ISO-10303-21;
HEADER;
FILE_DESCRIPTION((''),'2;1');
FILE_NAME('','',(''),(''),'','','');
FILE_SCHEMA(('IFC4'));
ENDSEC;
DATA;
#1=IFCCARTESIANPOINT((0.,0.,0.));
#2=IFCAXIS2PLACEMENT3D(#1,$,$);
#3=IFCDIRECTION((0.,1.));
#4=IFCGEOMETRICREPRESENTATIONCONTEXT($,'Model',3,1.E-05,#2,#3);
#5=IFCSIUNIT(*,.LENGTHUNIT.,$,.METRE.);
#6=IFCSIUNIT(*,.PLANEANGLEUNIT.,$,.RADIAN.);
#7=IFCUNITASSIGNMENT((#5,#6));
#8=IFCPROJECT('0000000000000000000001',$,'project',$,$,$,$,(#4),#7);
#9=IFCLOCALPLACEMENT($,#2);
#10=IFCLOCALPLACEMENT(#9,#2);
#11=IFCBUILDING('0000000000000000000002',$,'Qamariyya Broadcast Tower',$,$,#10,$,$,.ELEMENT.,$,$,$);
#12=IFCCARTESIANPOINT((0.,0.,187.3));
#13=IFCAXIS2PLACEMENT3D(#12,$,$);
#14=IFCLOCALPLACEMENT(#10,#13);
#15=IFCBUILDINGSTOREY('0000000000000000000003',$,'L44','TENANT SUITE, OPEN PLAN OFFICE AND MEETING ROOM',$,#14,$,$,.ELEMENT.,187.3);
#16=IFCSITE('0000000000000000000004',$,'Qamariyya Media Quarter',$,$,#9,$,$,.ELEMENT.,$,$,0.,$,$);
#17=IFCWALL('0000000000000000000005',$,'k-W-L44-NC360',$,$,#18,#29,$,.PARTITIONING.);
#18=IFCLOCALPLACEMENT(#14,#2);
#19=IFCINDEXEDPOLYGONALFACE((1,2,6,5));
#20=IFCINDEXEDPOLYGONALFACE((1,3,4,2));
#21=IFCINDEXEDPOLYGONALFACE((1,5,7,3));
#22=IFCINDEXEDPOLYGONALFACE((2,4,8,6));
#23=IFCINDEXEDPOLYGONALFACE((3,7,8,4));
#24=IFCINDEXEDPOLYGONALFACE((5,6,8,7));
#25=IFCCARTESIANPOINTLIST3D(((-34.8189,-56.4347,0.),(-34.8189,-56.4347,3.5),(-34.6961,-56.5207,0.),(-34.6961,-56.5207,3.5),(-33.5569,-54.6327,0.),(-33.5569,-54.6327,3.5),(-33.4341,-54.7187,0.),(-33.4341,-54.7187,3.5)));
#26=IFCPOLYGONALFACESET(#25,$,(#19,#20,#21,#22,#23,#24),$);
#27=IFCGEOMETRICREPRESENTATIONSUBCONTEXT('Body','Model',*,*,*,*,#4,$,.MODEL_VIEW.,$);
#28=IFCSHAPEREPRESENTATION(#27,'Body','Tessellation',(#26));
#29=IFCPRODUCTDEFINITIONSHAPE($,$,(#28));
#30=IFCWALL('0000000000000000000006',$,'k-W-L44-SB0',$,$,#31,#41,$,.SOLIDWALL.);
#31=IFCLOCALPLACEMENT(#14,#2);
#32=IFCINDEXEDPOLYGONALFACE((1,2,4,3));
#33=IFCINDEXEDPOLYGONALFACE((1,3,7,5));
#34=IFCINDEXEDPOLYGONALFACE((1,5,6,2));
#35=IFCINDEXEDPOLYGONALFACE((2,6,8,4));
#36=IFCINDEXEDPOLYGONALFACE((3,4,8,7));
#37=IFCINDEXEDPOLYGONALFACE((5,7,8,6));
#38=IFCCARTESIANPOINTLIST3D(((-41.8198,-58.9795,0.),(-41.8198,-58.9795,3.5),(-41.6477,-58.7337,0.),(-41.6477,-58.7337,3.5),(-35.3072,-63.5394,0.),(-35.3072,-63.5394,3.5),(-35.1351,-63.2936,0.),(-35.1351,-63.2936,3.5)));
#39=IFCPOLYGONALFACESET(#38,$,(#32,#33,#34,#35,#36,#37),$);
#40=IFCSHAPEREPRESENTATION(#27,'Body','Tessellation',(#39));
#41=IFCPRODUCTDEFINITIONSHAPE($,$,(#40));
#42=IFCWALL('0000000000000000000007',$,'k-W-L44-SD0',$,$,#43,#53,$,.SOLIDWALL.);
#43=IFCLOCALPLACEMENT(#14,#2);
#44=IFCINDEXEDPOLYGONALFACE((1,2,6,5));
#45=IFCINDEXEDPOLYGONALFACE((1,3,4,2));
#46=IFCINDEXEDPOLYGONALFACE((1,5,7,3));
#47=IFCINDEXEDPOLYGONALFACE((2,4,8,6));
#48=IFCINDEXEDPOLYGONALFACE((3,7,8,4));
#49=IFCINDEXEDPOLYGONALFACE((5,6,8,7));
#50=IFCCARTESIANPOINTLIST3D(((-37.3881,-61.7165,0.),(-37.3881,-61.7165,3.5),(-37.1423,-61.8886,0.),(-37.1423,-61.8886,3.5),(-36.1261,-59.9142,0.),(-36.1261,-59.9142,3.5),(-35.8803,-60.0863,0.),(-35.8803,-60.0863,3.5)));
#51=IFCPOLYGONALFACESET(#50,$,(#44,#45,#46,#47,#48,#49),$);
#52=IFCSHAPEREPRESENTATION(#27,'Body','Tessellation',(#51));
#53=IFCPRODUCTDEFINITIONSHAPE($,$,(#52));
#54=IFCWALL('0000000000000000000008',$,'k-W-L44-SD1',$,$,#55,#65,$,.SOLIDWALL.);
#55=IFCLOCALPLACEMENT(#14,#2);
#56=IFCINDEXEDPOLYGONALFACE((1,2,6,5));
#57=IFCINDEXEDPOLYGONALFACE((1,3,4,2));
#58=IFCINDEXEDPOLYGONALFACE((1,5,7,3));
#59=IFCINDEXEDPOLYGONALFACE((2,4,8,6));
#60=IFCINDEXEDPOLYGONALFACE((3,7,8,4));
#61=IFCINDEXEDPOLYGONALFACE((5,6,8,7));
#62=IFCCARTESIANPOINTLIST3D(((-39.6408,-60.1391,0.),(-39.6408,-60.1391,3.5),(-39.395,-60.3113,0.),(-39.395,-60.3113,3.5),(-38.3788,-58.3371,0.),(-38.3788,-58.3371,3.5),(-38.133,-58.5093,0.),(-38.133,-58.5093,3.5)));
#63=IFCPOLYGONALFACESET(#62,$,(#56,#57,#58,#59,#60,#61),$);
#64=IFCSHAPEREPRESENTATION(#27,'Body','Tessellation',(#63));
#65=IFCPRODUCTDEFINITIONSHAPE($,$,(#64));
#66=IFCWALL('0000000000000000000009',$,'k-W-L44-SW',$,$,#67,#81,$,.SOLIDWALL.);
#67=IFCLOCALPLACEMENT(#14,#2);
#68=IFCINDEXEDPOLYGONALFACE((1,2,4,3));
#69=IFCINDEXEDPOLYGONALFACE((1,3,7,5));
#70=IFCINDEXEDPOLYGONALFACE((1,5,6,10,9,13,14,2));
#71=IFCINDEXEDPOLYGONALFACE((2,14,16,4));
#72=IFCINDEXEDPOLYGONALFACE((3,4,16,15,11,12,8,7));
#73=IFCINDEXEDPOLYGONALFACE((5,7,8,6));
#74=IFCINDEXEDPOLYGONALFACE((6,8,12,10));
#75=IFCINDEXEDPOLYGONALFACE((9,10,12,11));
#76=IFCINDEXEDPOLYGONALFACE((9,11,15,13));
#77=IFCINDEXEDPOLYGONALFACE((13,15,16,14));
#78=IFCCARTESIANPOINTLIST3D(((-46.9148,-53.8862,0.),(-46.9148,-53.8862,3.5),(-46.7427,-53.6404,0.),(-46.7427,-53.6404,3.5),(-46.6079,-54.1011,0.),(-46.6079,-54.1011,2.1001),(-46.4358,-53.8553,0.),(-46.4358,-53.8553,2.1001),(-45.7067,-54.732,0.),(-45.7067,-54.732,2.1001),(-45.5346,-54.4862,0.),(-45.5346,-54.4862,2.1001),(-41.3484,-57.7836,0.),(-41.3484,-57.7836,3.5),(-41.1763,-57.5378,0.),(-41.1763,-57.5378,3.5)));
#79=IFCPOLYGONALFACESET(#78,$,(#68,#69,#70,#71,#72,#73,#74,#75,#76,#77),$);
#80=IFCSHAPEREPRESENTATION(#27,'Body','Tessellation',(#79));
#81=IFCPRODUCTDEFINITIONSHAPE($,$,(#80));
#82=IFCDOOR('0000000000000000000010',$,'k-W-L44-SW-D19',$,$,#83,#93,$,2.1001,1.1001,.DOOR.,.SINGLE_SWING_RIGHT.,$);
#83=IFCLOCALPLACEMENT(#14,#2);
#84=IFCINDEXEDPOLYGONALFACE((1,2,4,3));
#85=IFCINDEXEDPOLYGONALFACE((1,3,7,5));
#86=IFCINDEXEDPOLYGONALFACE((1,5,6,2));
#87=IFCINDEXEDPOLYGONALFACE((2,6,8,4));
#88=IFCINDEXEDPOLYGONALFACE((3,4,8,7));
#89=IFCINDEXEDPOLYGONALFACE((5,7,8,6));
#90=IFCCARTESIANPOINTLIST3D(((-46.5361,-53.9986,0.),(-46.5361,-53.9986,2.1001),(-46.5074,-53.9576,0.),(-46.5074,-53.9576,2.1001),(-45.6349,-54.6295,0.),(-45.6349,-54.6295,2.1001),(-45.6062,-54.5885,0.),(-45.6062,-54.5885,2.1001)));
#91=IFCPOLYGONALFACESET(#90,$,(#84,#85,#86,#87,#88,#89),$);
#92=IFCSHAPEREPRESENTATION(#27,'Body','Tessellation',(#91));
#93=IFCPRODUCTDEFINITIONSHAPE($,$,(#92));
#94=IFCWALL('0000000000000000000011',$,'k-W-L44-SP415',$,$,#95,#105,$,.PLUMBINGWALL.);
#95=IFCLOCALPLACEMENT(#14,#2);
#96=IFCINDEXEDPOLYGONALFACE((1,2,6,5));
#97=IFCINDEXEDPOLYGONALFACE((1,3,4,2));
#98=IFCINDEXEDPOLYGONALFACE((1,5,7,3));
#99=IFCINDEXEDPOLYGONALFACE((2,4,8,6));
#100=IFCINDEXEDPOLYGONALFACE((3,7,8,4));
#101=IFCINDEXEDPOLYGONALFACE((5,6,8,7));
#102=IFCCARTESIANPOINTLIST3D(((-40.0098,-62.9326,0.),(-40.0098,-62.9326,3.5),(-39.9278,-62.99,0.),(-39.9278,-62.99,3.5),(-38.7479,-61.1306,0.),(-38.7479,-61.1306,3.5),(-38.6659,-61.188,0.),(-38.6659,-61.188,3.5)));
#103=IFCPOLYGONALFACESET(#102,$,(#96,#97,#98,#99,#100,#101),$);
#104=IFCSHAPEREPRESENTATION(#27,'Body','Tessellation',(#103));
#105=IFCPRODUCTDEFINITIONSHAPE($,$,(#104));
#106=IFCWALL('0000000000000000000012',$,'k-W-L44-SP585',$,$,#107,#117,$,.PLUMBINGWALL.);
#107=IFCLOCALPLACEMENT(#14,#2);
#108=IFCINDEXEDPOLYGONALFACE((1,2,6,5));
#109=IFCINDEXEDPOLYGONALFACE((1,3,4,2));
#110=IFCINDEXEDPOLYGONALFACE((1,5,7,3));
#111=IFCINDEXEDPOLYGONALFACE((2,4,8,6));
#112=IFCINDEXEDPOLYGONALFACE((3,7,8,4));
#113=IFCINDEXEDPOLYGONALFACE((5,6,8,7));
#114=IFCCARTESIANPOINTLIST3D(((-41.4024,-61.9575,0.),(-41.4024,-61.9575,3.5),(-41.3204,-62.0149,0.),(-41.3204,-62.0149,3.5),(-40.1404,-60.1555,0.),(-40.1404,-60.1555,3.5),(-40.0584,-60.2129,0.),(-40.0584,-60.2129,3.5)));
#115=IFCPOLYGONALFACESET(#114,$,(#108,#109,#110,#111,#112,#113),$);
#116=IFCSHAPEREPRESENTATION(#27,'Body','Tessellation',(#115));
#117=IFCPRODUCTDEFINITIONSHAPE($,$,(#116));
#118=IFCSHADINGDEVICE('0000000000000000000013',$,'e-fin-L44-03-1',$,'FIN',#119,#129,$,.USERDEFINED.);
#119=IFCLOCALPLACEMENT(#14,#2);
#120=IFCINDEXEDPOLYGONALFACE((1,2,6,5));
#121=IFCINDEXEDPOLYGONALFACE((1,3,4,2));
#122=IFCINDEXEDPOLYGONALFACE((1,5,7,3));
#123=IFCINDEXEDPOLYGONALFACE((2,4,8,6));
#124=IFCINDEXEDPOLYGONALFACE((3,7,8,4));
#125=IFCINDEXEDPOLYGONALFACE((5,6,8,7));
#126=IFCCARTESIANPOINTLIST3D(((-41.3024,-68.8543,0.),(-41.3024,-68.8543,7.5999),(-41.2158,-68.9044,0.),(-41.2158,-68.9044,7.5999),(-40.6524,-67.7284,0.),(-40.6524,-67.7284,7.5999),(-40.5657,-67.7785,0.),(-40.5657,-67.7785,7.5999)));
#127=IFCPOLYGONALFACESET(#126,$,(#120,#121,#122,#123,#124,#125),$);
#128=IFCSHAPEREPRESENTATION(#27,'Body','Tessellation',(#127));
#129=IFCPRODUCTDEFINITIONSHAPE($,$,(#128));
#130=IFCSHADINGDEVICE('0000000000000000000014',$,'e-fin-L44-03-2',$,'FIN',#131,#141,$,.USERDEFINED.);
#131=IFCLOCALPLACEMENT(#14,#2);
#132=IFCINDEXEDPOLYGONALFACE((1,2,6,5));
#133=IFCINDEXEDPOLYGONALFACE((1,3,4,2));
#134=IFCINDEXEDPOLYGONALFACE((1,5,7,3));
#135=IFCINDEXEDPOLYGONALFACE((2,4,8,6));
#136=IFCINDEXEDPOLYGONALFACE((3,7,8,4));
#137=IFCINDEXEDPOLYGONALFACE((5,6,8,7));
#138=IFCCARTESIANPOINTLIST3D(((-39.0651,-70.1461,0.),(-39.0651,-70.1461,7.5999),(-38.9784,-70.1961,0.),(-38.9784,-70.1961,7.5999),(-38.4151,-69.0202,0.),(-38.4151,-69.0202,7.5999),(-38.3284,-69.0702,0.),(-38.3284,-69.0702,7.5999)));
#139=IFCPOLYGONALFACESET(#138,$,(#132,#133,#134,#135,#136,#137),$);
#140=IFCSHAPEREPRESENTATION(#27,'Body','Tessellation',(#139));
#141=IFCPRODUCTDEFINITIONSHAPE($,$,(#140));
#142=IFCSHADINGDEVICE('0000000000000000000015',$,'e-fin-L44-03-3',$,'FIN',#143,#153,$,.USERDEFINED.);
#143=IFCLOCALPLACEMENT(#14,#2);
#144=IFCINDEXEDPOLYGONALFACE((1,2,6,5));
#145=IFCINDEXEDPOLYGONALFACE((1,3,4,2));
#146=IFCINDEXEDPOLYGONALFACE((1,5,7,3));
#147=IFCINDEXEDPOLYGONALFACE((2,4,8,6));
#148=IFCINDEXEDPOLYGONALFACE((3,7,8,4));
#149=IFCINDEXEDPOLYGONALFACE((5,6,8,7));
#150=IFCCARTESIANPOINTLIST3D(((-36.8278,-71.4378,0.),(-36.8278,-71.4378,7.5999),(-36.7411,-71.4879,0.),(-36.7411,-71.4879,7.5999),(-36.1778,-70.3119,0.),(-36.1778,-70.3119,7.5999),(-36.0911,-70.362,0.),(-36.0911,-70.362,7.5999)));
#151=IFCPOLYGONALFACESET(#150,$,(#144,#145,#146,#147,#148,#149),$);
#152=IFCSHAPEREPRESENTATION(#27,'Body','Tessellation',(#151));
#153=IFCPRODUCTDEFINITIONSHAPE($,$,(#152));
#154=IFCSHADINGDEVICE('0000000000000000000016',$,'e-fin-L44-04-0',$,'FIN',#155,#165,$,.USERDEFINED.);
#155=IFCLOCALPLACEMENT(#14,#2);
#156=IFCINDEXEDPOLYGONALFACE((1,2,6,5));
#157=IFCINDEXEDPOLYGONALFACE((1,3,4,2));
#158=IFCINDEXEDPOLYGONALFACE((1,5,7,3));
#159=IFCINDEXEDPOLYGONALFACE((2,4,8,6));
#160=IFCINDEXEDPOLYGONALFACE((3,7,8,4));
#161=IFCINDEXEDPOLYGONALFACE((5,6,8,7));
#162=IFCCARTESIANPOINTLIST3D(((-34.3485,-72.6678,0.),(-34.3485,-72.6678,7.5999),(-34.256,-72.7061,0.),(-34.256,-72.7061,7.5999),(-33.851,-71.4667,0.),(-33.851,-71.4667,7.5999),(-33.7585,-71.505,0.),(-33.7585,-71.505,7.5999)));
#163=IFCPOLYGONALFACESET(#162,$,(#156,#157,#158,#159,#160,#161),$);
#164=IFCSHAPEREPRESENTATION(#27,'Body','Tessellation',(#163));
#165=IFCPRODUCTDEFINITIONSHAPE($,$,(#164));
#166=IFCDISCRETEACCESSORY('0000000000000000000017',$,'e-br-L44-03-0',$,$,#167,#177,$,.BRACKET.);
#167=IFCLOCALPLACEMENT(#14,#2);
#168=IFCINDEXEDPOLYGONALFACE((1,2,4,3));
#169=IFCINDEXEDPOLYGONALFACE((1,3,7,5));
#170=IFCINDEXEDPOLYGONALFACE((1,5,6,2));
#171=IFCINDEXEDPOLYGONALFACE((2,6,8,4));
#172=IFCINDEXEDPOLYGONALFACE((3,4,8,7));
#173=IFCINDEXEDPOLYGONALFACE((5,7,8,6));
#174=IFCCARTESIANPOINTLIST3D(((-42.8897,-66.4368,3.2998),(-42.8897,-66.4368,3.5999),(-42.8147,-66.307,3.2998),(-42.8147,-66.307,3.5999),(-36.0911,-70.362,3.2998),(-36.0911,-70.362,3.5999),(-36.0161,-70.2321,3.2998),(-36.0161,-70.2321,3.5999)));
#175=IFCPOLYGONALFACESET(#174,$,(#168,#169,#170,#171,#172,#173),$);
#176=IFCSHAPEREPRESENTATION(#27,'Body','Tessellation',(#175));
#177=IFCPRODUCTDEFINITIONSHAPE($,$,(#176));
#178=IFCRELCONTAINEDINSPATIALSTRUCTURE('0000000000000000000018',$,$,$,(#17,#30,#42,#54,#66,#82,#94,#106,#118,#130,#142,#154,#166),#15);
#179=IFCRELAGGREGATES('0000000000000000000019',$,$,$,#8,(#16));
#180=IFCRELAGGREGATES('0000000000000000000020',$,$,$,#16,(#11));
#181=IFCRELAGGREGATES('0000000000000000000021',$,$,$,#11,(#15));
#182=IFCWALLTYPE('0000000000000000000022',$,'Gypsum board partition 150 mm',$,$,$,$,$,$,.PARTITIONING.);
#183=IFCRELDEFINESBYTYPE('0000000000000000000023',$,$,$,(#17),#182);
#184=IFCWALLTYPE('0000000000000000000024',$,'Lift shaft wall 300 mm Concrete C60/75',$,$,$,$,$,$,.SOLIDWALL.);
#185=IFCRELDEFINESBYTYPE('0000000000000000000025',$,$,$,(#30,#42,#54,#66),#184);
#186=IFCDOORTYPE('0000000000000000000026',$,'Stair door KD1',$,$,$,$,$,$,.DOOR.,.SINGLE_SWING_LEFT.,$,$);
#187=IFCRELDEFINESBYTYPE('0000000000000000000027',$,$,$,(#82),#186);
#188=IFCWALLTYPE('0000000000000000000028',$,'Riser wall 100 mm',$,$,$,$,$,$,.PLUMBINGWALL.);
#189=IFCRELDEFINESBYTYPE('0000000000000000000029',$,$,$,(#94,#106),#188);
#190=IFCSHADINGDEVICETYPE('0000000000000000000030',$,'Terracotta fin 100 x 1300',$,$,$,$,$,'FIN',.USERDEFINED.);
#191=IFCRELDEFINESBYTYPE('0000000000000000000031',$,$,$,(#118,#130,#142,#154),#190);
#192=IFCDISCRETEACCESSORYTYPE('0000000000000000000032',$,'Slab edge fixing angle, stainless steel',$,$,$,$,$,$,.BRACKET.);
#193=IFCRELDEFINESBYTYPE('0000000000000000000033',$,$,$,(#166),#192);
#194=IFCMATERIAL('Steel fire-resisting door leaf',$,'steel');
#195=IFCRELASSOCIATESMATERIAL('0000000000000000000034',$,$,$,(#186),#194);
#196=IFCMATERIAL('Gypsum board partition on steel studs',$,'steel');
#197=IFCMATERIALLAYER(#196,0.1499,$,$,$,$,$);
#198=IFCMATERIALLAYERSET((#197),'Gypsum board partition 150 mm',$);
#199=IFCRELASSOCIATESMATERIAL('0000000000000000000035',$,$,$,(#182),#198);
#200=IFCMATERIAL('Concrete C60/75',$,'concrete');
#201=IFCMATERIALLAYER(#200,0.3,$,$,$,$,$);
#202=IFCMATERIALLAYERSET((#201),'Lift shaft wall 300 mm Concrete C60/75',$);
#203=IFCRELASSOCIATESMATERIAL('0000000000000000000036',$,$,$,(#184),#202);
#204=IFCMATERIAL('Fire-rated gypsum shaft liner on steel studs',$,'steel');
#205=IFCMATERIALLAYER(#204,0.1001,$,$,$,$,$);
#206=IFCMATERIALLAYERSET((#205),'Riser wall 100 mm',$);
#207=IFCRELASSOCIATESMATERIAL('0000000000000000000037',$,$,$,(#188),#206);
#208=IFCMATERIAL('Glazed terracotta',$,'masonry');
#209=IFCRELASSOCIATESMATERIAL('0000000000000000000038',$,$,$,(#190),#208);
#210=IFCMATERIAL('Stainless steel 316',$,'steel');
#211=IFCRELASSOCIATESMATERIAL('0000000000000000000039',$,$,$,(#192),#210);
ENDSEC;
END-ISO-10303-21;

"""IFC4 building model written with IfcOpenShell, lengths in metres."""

from ifc_helpers import new_model, si_unit, direction, frame, frame_2d, origin, origin_2d, place, context, subcontext, project, spatial, rectangle, extrude, material, layer, layer_set, material_profile, profile_set, type_object, element, fill, save


model = new_model("IFC4")

# Units and contexts
model_context = context("Model", 3, precision=1e-05, world=origin(), true_north=direction((0.0, 1.0)))
body_context = subcontext(model_context, "Body", "Model", "MODEL_VIEW")
ifc_project = project(units=[si_unit("LENGTHUNIT", "METRE"), si_unit("PLANEANGLEUNIT", "RADIAN")], contexts=[model_context])

# Site, building, storey
site_placement = place(None, origin())
site = spatial("IfcSite", under=ifc_project, at=site_placement, Name="Qamariyya Media Quarter", CompositionType="ELEMENT", RefElevation=0.0)
building_placement = place(site_placement, origin())
building = spatial("IfcBuilding", under=site, at=building_placement, Name="Qamariyya Broadcast Tower", CompositionType="ELEMENT")
storey_placement = place(building_placement, frame((0.0, 0.0, 187.3)))
storey = spatial("IfcBuildingStorey", under=building, at=storey_placement, Name="L44", Description="TENANT SUITE, OPEN PLAN OFFICE AND MEETING ROOM", CompositionType="ELEMENT", Elevation=187.3)

# Shared definitions
ifc_material_1 = material(Name="Concrete C60/75", Category="concrete")

# Shared definitions
ifc_material_2 = material(Name="Steel fire-resisting door leaf", Category="steel")

# Shared definitions
door_type_1 = type_object("IfcDoorType", Name="Stair door KD1", OperationType="SINGLE_SWING_LEFT", PredefinedType="DOOR", material=ifc_material_2)

# Walls
ifc_material_3 = material(Name="Gypsum board partition on steel studs", Category="steel")
ifc_layer_1 = layer(ifc_material_3, 0.1499)
ifc_layer_set_1 = layer_set([ifc_layer_1], Name="Gypsum board partition 150 mm")
wall_type_1 = type_object("IfcWallType", Name="Gypsum board partition 150 mm", PredefinedType="PARTITIONING", material=ifc_layer_set_1)
wall_1_placement = place(storey_placement, frame((-34.7576, -56.4778, 0.0), z_axis=(0.0, 0.0, 1.0), x_axis=(0.573634, 0.819112, 0.0)))
element("IfcWall", 1, at=wall_1_placement, inside=storey, type_object=wall_type_1, Name="k-W-L44-NC360", PredefinedType="PARTITIONING", context=body_context, shape_type="SweptSolid", body=[
    extrude(rectangle(XDim=2.2, YDim=0.1499, at=frame_2d((1.1001, 0.0))), origin(), (0.0, 0.0, 1.0), 3.5),
])
ifc_layer_2 = layer(ifc_material_1, 0.3)
ifc_layer_set_2 = layer_set([ifc_layer_2], Name="Lift shaft wall 300 mm Concrete C60/75")
wall_type_2 = type_object("IfcWallType", Name="Lift shaft wall 300 mm Concrete C60/75", PredefinedType="SOLIDWALL", material=ifc_layer_set_2)
wall_2_placement = place(storey_placement, frame((-35.2212, -63.4165, 0.0), z_axis=(0.0, 0.0, 1.0), x_axis=(-0.819167, 0.573555, 0.0)))
element("IfcWall", 2, at=wall_2_placement, inside=storey, type_object=wall_type_2, Name="k-W-L44-SB0", PredefinedType="SOLIDWALL", context=body_context, shape_type="SweptSolid", body=[
    extrude(rectangle(XDim=7.9502, YDim=0.3, at=frame_2d((3.9751, 0.0))), origin(), (0.0, 0.0, 1.0), 3.5),
])
wall_3_placement = place(storey_placement, frame((-36.0032, -60.0002, 0.0), z_axis=(0.0, 0.0, 1.0), x_axis=(-0.573581, -0.819149, 0.0)))
element("IfcWall", 3, at=wall_3_placement, inside=storey, type_object=wall_type_2, Name="k-W-L44-SD0", PredefinedType="SOLIDWALL", context=body_context, shape_type="SweptSolid", body=[
    extrude(rectangle(XDim=2.2002, YDim=0.3, at=frame_2d((1.1001, 0.0))), origin(), (0.0, 0.0, 1.0), 3.5),
])
wall_4_placement = place(storey_placement, frame((-38.2559, -58.4231, 0.0), z_axis=(0.0, 0.0, 1.0), x_axis=(-0.573634, -0.819112, 0.0)))
element("IfcWall", 4, at=wall_4_placement, inside=storey, type_object=wall_type_2, Name="k-W-L44-SD1", PredefinedType="SOLIDWALL", context=body_context, shape_type="SweptSolid", body=[
    extrude(rectangle(XDim=2.2, YDim=0.3, at=frame_2d((1.1001, 0.0))), origin(), (0.0, 0.0, 1.0), 3.5),
])

# Wall, opening, door
wall_5_placement = place(storey_placement, frame((-41.2625, -57.6606, 0.0), z_axis=(0.0, 0.0, 1.0), x_axis=(-0.819164, 0.573559, 0.0)))
wall_5 = element("IfcWall", 5, at=wall_5_placement, inside=storey, type_object=wall_type_2, Name="k-W-L44-SW", PredefinedType="SOLIDWALL", context=body_context, shape_type="SweptSolid", body=[
    extrude(rectangle(XDim=6.7952, YDim=0.3, at=frame_2d((3.3975, 0.0))), origin(), (0.0, 0.0, 1.0), 3.5),
])
opening_1_placement = place(wall_5_placement, frame((5.3203, 0.0, 0.0)))
opening_1 = element("IfcOpeningElement", 6, at=opening_1_placement, cuts=wall_5, PredefinedType="OPENING", context=body_context, shape_type="SweptSolid", body=[
    extrude(rectangle(XDim=1.1001, YDim=2.1001, at=frame_2d((0.55, 1.05))), frame((0.0, 0.1599, 0.0), z_axis=(0.0, -1.0, 0.0), x_axis=(1.0, 0.0, 0.0)), (0.0, 0.0, 1.0), 0.3201),
])
door_1_placement = place(opening_1_placement, origin())
door_1 = element("IfcDoor", 7, at=door_1_placement, inside=storey, type_object=door_type_1, Name="k-W-L44-SW-D19", OperationType="SINGLE_SWING_RIGHT", OverallHeight=2.1001, OverallWidth=1.1001, PredefinedType="DOOR", context=body_context, shape_type="SweptSolid", body=[
    extrude(rectangle(XDim=1.1001, YDim=2.1001, at=frame_2d((0.55, 1.05))), frame((0.0, 0.0249, 0.0), z_axis=(0.0, -1.0, 0.0), x_axis=(1.0, 0.0, 0.0)), (0.0, 0.0, 1.0), 0.05),
])
fill(opening_1, door_1)

# Walls
ifc_material_4 = material(Name="Fire-rated gypsum shaft liner on steel studs", Category="steel")
ifc_layer_3 = layer(ifc_material_4, 0.1001)
ifc_layer_set_3 = layer_set([ifc_layer_3], Name="Riser wall 100 mm")
wall_type_3 = type_object("IfcWallType", Name="Riser wall 100 mm", PredefinedType="PLUMBINGWALL", material=ifc_layer_set_3)
for number, where, z_axis, x_axis, name in (
    (8, (-38.7068, -61.1592, 0.0), (0.0, 0.0, 1.0), (-0.573634, -0.819112, 0.0), "k-W-L44-SP415"),
    (9, (-40.0994, -60.1841, 0.0), (0.0, 0.0, 1.0), (-0.573634, -0.819112, 0.0), "k-W-L44-SP585"),
):
    element("IfcWall", number, at=place(storey_placement, frame(where, z_axis=z_axis, x_axis=x_axis)), inside=storey, type_object=wall_type_3, Name=name, PredefinedType="PLUMBINGWALL", context=body_context, shape_type="SweptSolid", body=[
        extrude(rectangle(XDim=2.2, YDim=0.1001, at=frame_2d((1.1001, 0.0))), origin(), (0.0, 0.0, 1.0), 3.5),
    ])

# Shading devices
ifc_material_5 = material(Name="Glazed terracotta", Category="masonry")
ifc_material_profile_1 = material_profile(ifc_material_5, rectangle(XDim=1.3, YDim=0.1001, at=origin_2d()))
ifc_profile_set_1 = profile_set([ifc_material_profile_1], Name="Glazed terracotta")
shading_device_type_1 = type_object("IfcShadingDeviceType", Name="Terracotta fin 100 x 1300", ElementType="FIN", PredefinedType="USERDEFINED", material=ifc_profile_set_1)
for number, where, z_axis, x_axis, name in (
    (10, (-40.9341, -68.3164, 0.0), (0.0, 0.0, 1.0), (-0.5, -0.866025, 0.0), "e-fin-L44-03-1"),
    (11, (-38.6968, -69.6082, 0.0), (0.0, 0.0, 1.0), (-0.5, -0.866025, 0.0), "e-fin-L44-03-2"),
    (12, (-36.4595, -70.8999, 0.0), (0.0, 0.0, 1.0), (-0.5, -0.866025, 0.0), "e-fin-L44-03-3"),
    (13, (-34.0535, -72.0864, 0.0), (0.0, 0.0, 1.0), (-0.382683, -0.92388, 0.0), "e-fin-L44-04-0"),
):
    element("IfcShadingDevice", number, at=place(storey_placement, frame(where, z_axis=z_axis, x_axis=x_axis)), inside=storey, type_object=shading_device_type_1, Name=name, ObjectType="FIN", PredefinedType="USERDEFINED", context=body_context, shape_type="SweptSolid", body=[
        extrude(rectangle(XDim=1.3, YDim=0.1001, at=origin_2d()), origin(), (0.0, 0.0, 1.0), 7.5999),
    ])

# Discrete accessory
ifc_material_6 = material(Name="Stainless steel 316", Category="steel")
discrete_accessory_type = type_object("IfcDiscreteAccessoryType", Name="Slab edge fixing angle, stainless steel", PredefinedType="BRACKET", material=ifc_material_6)
discrete_accessory_placement = place(storey_placement, frame((-39.4529, -68.3345, 3.2998), z_axis=(0.0, 0.0, 1.0), x_axis=(0.866025, -0.5, 0.0)))
element("IfcDiscreteAccessory", 14, at=discrete_accessory_placement, inside=storey, type_object=discrete_accessory_type, Name="e-br-L44-03-0", PredefinedType="BRACKET", context=body_context, shape_type="SweptSolid", body=[
    extrude(rectangle(XDim=7.8503, YDim=0.1499, at=origin_2d()), origin(), (0.0, 0.0, 1.0), 0.3),
])

save(model, "model.ifc")
